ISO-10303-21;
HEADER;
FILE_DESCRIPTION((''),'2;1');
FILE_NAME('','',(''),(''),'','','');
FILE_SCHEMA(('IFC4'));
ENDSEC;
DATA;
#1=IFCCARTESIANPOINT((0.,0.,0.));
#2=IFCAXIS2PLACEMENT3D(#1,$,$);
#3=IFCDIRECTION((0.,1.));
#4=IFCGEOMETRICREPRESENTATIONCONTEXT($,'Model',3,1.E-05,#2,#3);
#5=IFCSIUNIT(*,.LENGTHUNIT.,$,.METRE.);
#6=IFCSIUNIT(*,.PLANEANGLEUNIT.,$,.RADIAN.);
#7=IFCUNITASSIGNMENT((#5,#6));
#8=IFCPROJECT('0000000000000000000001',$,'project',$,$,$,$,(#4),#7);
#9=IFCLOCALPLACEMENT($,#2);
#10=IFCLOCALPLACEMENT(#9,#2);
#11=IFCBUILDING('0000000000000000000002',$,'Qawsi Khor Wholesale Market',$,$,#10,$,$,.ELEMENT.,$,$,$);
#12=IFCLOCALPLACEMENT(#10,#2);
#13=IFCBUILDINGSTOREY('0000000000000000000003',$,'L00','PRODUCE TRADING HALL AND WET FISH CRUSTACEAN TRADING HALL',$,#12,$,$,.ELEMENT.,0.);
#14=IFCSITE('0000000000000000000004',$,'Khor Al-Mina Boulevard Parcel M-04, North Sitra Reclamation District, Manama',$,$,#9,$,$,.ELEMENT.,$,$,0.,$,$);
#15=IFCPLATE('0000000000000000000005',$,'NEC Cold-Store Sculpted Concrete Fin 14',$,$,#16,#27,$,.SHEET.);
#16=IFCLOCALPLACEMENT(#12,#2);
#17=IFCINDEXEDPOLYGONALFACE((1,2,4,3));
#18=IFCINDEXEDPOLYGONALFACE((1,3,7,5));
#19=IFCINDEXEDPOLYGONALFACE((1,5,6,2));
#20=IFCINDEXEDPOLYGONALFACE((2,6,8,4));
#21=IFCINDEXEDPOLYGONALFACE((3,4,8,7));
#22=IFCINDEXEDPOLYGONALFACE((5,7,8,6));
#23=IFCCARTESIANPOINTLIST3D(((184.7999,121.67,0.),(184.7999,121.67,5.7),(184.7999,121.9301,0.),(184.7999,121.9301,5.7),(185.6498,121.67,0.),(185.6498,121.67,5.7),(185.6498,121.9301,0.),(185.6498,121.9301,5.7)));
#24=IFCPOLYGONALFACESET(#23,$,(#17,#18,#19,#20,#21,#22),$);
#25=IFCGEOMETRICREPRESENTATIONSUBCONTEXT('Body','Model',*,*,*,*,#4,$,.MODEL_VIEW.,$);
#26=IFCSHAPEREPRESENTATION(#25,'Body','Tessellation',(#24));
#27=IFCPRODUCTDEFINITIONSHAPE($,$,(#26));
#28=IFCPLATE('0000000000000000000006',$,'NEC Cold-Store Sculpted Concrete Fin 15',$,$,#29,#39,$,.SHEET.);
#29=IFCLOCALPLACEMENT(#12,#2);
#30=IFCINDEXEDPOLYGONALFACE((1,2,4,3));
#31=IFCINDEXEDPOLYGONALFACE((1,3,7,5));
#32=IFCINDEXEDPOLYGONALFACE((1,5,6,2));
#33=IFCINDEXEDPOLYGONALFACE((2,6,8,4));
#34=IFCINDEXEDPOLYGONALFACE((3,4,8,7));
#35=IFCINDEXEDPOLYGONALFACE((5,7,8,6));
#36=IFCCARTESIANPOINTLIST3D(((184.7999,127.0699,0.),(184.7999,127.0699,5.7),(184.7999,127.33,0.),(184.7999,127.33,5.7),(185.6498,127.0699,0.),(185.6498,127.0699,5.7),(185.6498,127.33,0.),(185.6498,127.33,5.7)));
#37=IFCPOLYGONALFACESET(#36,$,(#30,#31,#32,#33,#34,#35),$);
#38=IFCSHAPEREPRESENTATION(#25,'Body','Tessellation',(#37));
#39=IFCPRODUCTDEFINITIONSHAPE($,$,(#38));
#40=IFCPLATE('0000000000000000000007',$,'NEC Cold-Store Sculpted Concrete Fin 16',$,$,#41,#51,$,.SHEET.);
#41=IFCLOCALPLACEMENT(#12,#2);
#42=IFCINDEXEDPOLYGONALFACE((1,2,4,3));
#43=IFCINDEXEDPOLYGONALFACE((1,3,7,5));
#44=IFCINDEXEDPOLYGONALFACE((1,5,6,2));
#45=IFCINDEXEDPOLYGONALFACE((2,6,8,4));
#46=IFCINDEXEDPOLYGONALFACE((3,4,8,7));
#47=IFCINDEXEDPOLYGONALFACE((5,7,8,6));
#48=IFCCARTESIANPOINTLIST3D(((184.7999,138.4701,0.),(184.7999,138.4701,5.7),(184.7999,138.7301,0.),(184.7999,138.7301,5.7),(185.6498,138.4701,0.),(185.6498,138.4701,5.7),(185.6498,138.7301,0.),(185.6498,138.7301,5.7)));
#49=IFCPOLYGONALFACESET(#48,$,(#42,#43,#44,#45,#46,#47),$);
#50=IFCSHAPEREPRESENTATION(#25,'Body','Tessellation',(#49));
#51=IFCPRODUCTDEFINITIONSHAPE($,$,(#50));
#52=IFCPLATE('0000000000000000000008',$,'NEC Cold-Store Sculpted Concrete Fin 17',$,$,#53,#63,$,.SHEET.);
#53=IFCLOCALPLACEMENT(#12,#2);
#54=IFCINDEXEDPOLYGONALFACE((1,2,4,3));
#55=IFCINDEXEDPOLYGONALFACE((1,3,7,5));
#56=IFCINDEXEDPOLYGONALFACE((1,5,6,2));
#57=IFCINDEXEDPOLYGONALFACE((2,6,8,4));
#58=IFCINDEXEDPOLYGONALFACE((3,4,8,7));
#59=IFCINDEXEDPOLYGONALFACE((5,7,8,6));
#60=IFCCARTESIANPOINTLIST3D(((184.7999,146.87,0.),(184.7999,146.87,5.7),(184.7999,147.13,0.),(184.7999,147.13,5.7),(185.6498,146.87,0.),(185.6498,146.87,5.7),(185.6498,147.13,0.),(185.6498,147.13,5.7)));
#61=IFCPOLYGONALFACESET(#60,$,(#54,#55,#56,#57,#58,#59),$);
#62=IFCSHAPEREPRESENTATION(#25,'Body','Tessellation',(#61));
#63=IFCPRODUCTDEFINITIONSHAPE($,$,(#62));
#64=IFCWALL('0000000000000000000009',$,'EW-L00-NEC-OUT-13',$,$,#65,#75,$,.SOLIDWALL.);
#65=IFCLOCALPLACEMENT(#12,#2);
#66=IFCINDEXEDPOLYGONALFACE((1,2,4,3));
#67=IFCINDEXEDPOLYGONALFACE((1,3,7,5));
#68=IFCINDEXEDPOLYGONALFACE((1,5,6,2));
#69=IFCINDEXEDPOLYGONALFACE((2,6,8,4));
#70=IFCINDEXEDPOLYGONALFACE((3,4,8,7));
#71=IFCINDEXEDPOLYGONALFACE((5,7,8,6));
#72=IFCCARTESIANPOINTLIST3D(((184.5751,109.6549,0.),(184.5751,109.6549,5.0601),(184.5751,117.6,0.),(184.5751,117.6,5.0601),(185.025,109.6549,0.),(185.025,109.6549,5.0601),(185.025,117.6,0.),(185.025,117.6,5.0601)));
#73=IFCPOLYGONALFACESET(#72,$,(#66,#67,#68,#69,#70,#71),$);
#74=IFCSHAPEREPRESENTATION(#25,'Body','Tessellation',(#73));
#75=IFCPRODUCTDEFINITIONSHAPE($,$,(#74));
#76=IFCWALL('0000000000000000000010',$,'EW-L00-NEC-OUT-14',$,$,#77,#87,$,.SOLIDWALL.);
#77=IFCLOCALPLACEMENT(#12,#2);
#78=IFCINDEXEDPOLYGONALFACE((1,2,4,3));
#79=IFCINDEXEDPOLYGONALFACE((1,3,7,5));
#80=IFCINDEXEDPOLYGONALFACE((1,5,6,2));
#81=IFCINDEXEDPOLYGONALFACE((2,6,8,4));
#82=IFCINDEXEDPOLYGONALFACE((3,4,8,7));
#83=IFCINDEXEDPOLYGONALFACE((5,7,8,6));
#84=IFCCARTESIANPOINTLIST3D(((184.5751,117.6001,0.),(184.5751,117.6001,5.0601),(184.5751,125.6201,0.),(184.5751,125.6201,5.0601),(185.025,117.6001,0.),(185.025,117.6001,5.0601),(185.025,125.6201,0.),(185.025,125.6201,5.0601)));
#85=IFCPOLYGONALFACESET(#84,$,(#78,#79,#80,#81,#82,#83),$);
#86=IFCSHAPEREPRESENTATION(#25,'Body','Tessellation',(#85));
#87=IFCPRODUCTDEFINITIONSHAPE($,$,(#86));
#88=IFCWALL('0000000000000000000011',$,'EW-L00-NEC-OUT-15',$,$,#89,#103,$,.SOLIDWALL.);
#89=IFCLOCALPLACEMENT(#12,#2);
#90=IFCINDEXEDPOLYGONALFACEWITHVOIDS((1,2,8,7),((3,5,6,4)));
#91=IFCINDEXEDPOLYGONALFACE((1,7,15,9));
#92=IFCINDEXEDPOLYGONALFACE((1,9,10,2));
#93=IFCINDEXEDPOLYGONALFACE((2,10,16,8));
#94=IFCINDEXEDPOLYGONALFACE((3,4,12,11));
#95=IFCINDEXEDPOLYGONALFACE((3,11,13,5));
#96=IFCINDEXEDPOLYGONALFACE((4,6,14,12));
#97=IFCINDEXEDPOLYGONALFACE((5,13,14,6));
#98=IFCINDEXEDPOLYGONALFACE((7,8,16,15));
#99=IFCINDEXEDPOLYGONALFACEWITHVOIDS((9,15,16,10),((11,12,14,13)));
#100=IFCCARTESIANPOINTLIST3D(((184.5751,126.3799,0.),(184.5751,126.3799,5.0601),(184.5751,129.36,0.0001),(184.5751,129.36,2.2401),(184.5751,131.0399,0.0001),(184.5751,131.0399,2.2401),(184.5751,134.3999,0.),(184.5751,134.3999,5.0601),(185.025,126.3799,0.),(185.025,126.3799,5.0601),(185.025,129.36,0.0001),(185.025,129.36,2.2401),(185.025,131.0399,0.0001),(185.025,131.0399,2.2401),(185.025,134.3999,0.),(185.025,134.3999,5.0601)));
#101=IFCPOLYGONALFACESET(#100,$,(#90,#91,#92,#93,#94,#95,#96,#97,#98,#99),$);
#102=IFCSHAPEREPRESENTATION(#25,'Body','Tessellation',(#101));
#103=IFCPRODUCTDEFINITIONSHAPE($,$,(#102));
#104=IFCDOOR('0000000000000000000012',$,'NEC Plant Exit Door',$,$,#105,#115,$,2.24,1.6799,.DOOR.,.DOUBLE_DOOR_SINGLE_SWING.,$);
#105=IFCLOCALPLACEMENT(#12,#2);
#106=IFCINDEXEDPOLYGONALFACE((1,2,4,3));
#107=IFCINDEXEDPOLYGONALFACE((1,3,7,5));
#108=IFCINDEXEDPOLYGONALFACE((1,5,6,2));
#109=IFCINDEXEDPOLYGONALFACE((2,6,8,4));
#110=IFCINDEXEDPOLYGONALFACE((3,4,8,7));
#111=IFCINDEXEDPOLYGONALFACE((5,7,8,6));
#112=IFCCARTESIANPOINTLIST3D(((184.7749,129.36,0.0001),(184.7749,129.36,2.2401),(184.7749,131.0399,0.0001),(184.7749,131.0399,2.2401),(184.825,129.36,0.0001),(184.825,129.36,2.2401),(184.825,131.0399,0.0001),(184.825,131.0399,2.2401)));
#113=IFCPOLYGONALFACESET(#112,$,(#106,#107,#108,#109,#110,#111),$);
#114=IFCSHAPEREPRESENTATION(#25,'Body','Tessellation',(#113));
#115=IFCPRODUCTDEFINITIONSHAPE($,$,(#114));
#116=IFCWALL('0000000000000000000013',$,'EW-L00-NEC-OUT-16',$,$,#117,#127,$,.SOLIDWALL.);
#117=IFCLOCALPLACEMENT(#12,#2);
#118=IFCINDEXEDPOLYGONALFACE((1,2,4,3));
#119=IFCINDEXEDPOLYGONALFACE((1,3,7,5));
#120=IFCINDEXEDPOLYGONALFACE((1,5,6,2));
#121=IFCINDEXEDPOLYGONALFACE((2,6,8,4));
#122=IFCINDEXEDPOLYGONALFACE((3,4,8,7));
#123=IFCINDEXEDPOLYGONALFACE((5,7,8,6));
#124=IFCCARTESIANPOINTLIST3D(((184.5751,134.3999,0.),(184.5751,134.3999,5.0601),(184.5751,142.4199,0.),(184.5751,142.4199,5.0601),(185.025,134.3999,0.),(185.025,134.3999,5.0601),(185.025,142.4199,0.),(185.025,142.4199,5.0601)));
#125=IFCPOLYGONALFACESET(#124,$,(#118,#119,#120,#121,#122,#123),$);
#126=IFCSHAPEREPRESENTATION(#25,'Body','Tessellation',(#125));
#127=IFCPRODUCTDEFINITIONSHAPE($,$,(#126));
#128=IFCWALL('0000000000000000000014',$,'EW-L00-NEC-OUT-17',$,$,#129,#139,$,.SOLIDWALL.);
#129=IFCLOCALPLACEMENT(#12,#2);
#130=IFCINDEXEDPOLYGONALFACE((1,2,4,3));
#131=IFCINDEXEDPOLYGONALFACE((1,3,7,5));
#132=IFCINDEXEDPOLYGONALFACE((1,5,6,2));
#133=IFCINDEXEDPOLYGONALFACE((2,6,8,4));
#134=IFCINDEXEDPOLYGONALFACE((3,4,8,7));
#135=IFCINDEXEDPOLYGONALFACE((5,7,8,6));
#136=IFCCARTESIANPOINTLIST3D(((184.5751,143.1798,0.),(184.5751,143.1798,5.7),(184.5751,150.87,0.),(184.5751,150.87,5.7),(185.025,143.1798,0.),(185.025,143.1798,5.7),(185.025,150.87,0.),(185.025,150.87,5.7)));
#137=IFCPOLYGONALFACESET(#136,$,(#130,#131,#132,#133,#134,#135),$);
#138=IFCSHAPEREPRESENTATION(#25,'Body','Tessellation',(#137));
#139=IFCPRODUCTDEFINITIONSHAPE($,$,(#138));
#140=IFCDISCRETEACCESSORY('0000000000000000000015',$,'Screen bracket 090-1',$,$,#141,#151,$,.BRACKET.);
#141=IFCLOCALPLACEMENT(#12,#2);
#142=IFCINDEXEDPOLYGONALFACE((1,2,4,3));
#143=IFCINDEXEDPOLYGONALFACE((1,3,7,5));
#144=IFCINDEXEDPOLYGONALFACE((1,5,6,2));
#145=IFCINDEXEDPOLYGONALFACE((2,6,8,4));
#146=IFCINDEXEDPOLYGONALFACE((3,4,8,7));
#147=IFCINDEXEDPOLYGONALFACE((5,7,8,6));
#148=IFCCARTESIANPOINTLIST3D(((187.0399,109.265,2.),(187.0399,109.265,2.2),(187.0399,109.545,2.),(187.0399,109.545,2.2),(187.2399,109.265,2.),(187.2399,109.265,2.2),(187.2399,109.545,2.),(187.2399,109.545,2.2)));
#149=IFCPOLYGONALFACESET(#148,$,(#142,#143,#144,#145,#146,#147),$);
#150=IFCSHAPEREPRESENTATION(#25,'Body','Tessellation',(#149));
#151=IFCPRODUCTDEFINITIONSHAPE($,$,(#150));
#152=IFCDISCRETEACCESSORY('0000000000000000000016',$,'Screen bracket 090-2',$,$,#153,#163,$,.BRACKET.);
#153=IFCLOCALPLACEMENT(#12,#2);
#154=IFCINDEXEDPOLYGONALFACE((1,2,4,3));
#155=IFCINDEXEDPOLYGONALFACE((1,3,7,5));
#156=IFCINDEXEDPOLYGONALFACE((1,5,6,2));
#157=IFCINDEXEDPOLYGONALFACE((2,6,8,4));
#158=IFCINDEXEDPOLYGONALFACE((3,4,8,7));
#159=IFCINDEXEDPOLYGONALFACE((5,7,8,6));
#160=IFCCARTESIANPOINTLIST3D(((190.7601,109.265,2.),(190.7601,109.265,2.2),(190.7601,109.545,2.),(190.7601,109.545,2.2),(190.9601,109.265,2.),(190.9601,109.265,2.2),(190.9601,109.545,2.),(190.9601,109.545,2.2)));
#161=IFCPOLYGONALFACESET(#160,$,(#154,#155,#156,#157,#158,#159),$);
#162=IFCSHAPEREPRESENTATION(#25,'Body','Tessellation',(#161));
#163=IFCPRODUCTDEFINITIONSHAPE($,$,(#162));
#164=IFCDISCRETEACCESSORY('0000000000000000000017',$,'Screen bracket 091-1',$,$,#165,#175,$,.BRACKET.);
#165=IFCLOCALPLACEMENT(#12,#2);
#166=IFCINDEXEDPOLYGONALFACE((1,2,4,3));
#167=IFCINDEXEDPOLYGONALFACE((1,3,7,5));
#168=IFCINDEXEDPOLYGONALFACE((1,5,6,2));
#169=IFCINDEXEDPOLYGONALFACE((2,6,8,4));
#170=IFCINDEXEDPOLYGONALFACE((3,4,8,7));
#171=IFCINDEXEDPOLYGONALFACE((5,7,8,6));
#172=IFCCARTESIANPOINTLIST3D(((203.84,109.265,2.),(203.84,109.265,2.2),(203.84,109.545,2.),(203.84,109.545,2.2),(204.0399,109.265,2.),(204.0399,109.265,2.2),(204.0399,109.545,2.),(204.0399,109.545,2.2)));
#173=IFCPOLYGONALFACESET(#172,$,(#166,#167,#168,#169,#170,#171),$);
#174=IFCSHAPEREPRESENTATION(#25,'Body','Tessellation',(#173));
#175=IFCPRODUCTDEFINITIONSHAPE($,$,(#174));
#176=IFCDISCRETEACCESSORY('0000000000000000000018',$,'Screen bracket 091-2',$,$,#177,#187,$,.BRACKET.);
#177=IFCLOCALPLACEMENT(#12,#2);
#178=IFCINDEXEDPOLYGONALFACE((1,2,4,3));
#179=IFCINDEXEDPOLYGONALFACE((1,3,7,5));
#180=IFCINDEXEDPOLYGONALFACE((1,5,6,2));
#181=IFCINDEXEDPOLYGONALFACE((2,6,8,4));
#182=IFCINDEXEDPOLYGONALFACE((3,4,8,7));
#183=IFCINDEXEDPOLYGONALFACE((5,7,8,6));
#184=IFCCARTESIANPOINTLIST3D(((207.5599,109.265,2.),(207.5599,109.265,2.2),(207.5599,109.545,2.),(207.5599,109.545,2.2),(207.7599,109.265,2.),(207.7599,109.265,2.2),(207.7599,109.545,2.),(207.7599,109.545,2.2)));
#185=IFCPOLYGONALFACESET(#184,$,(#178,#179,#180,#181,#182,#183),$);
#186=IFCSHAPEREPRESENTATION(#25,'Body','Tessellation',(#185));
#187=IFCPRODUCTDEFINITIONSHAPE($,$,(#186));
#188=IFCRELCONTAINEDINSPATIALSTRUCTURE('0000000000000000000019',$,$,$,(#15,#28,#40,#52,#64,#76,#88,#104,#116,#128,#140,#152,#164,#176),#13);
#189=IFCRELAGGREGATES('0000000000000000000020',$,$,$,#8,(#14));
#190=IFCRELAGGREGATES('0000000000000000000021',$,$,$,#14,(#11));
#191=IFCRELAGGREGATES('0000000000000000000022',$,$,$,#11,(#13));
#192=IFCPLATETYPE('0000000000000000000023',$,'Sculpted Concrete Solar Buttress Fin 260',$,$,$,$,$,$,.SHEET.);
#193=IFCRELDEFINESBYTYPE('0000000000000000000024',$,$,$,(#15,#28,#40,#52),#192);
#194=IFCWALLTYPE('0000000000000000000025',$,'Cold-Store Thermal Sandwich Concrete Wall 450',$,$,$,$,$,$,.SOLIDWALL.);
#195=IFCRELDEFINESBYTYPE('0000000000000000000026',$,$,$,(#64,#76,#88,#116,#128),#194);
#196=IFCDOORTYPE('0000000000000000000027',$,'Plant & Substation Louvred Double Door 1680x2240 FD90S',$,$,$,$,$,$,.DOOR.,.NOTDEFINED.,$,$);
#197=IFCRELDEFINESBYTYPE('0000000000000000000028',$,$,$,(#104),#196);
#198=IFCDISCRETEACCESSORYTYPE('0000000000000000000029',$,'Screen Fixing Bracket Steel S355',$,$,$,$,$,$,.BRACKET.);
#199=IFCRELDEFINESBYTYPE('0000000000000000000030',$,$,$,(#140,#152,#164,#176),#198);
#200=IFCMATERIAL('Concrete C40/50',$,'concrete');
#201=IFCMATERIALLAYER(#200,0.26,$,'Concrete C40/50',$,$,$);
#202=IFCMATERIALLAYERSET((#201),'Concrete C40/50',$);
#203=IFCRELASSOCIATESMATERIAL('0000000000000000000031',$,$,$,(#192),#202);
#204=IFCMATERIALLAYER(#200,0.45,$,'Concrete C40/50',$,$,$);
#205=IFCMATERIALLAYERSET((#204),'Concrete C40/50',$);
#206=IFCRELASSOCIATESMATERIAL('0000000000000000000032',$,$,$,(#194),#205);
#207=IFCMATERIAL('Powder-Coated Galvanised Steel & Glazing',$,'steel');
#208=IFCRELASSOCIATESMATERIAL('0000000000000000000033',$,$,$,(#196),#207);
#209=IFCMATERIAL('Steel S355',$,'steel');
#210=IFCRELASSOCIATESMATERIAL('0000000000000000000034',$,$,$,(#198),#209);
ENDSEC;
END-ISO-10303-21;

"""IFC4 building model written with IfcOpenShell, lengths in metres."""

from ifc_helpers import new_model, si_unit, direction, frame, frame_2d, origin, origin_2d, place, context, subcontext, project, spatial, rectangle, extrude, material, layer, layer_set, type_object, element, fill, save


model = new_model("IFC4")

# Units and contexts
model_context = context("Model", 3, precision=1e-05, world=origin(), true_north=direction((0.0, 1.0)))
body_context = subcontext(model_context, "Body", "Model", "MODEL_VIEW")
ifc_project = project(units=[si_unit("LENGTHUNIT", "METRE"), si_unit("PLANEANGLEUNIT", "RADIAN")], contexts=[model_context])

# Site, building, storey
site_placement = place(None, origin())
site = spatial("IfcSite", under=ifc_project, at=site_placement, Name="Khor Al-Mina Boulevard Parcel M-04, North Sitra Reclamation District, Manama", CompositionType="ELEMENT", RefElevation=0.0)
building_placement = place(site_placement, origin())
building = spatial("IfcBuilding", under=site, at=building_placement, Name="Qawsi Khor Wholesale Market", CompositionType="ELEMENT")
storey_placement = place(building_placement, origin())
storey = spatial("IfcBuildingStorey", under=building, at=storey_placement, Name="L00", Description="PRODUCE TRADING HALL AND WET FISH CRUSTACEAN TRADING HALL", CompositionType="ELEMENT", Elevation=0.0)

# Shared definitions
ifc_material_1 = material(Name="Concrete C40/50", Category="concrete")

# Plates
ifc_layer_1 = layer(ifc_material_1, 0.26, Name="Concrete C40/50")
ifc_layer_set_1 = layer_set([ifc_layer_1], Name="Concrete C40/50")
plate_type_1 = type_object("IfcPlateType", Name="Sculpted Concrete Solar Buttress Fin 260", PredefinedType="SHEET", material=ifc_layer_set_1)
for number, where, z_axis, x_axis, name in (
    (1, (184.8, 121.8, 0.0), (0.0, 0.0, 1.0), (1.0, 0.0, 0.0), "NEC Cold-Store Sculpted Concrete Fin 14"),
    (2, (184.8, 127.2, 0.0), (0.0, 0.0, 1.0), (1.0, 0.0, 0.0), "NEC Cold-Store Sculpted Concrete Fin 15"),
    (3, (184.8, 138.6001, 0.0), (0.0, 0.0, 1.0), (1.0, 0.0, 0.0), "NEC Cold-Store Sculpted Concrete Fin 16"),
    (4, (184.8, 147.0, 0.0), (0.0, 0.0, 1.0), (1.0, 0.0, 0.0), "NEC Cold-Store Sculpted Concrete Fin 17"),
):
    element("IfcPlate", number, at=place(storey_placement, frame(where, z_axis=z_axis, x_axis=x_axis)), inside=storey, type_object=plate_type_1, Name=name, PredefinedType="SHEET", context=body_context, shape_type="SweptSolid", body=[
        extrude(rectangle(XDim=0.8499, YDim=0.26, at=frame_2d((0.4248, 0.0))), origin(), (0.0, 0.0, 1.0), 5.7),
    ])

# Walls
ifc_layer_2 = layer(ifc_material_1, 0.45, Name="Concrete C40/50")
ifc_layer_set_2 = layer_set([ifc_layer_2], Name="Concrete C40/50")
wall_type = type_object("IfcWallType", Name="Cold-Store Thermal Sandwich Concrete Wall 450", PredefinedType="SOLIDWALL", material=ifc_layer_set_2)
wall_1_placement = place(storey_placement, frame((184.8, 117.6001, 0.0), z_axis=(0.0, 0.0, 1.0), x_axis=(0.0, -1.0, 0.0)))
element("IfcWall", 5, at=wall_1_placement, inside=storey, type_object=wall_type, Name="EW-L00-NEC-OUT-13", PredefinedType="SOLIDWALL", context=body_context, shape_type="SweptSolid", body=[
    extrude(rectangle(XDim=7.9451, YDim=0.45, at=frame_2d((3.9727, 0.0))), origin(), (0.0, 0.0, 1.0), 5.0601),
])
wall_2_placement = place(storey_placement, frame((184.8, 125.6201, 0.0), z_axis=(0.0, 0.0, 1.0), x_axis=(0.0, -1.0, 0.0)))
element("IfcWall", 6, at=wall_2_placement, inside=storey, type_object=wall_type, Name="EW-L00-NEC-OUT-14", PredefinedType="SOLIDWALL", context=body_context, shape_type="SweptSolid", body=[
    extrude(rectangle(XDim=8.02, YDim=0.45, at=frame_2d((4.01, 0.0))), origin(), (0.0, 0.0, 1.0), 5.0601),
])

# Wall, opening, door
wall_3_placement = place(storey_placement, frame((184.8, 134.3999, 0.0), z_axis=(0.0, 0.0, 1.0), x_axis=(0.0, -1.0, 0.0)))
wall_3 = element("IfcWall", 7, at=wall_3_placement, inside=storey, type_object=wall_type, Name="EW-L00-NEC-OUT-15", PredefinedType="SOLIDWALL", context=body_context, shape_type="SweptSolid", body=[
    extrude(rectangle(XDim=8.02, YDim=0.45, at=frame_2d((4.01, 0.0))), origin(), (0.0, 0.0, 1.0), 5.0601),
])
opening_placement = place(wall_3_placement, frame((3.3601, 0.0, 0.0)))
opening = element("IfcOpeningElement", 8, at=opening_placement, cuts=wall_3, PredefinedType="OPENING", context=body_context, shape_type="SweptSolid", body=[
    extrude(rectangle(XDim=1.6799, YDim=2.24, at=frame_2d((0.8398, 1.1201))), frame((0.0, 0.2349, 0.0), z_axis=(0.0, -1.0, 0.0), x_axis=(1.0, 0.0, 0.0)), (0.0, 0.0, 1.0), 0.47),
])
ifc_material_2 = material(Name="Powder-Coated Galvanised Steel & Glazing", Category="steel")
door_type = type_object("IfcDoorType", Name="Plant & Substation Louvred Double Door 1680x2240 FD90S", OperationType="NOTDEFINED", PredefinedType="DOOR", material=ifc_material_2)
door_placement = place(opening_placement, origin())
door = element("IfcDoor", 9, at=door_placement, inside=storey, type_object=door_type, Name="NEC Plant Exit Door", OperationType="DOUBLE_DOOR_SINGLE_SWING", OverallHeight=2.24, OverallWidth=1.6799, PredefinedType="DOOR", context=body_context, shape_type="SweptSolid", body=[
    extrude(rectangle(XDim=1.6799, YDim=2.24, at=frame_2d((0.8398, 1.1201))), frame((0.0, 0.0249, 0.0), z_axis=(0.0, -1.0, 0.0), x_axis=(1.0, 0.0, 0.0)), (0.0, 0.0, 1.0), 0.05),
])
fill(opening, door)

# Walls
wall_4_placement = place(storey_placement, frame((184.8, 142.4199, 0.0), z_axis=(0.0, 0.0, 1.0), x_axis=(0.0, -1.0, 0.0)))
element("IfcWall", 10, at=wall_4_placement, inside=storey, type_object=wall_type, Name="EW-L00-NEC-OUT-16", PredefinedType="SOLIDWALL", context=body_context, shape_type="SweptSolid", body=[
    extrude(rectangle(XDim=8.02, YDim=0.45, at=frame_2d((4.01, 0.0))), origin(), (0.0, 0.0, 1.0), 5.0601),
])
wall_5_placement = place(storey_placement, frame((184.8, 150.8701, 0.0), z_axis=(0.0, 0.0, 1.0), x_axis=(0.0, -1.0, 0.0)))
element("IfcWall", 11, at=wall_5_placement, inside=storey, type_object=wall_type, Name="EW-L00-NEC-OUT-17", PredefinedType="SOLIDWALL", context=body_context, shape_type="SweptSolid", body=[
    extrude(rectangle(XDim=7.6902, YDim=0.45, at=frame_2d((3.8452, 0.0))), origin(), (0.0, 0.0, 1.0), 5.7),
])

# Discrete accessories
ifc_material_3 = material(Name="Steel S355", Category="steel")
discrete_accessory_type = type_object("IfcDiscreteAccessoryType", Name="Screen Fixing Bracket Steel S355", PredefinedType="BRACKET", material=ifc_material_3)
for number, where, z_axis, x_axis, name in (
    (12, (187.1399, 109.405, 2.0), (0.0, 0.0, 1.0), (1.0, 0.0, 0.0), "Screen bracket 090-1"),
    (13, (190.8601, 109.405, 2.0), (0.0, 0.0, 1.0), (1.0, 0.0, 0.0), "Screen bracket 090-2"),
    (14, (203.9399, 109.405, 2.0), (0.0, 0.0, 1.0), (1.0, 0.0, 0.0), "Screen bracket 091-1"),
    (15, (207.6599, 109.405, 2.0), (0.0, 0.0, 1.0), (1.0, 0.0, 0.0), "Screen bracket 091-2"),
):
    element("IfcDiscreteAccessory", number, at=place(storey_placement, frame(where, z_axis=z_axis, x_axis=x_axis)), inside=storey, type_object=discrete_accessory_type, Name=name, PredefinedType="BRACKET", context=body_context, shape_type="SweptSolid", body=[
        extrude(rectangle(XDim=0.2, YDim=0.28, at=origin_2d()), origin(), (0.0, 0.0, 1.0), 0.2),
    ])

save(model, "model.ifc")
